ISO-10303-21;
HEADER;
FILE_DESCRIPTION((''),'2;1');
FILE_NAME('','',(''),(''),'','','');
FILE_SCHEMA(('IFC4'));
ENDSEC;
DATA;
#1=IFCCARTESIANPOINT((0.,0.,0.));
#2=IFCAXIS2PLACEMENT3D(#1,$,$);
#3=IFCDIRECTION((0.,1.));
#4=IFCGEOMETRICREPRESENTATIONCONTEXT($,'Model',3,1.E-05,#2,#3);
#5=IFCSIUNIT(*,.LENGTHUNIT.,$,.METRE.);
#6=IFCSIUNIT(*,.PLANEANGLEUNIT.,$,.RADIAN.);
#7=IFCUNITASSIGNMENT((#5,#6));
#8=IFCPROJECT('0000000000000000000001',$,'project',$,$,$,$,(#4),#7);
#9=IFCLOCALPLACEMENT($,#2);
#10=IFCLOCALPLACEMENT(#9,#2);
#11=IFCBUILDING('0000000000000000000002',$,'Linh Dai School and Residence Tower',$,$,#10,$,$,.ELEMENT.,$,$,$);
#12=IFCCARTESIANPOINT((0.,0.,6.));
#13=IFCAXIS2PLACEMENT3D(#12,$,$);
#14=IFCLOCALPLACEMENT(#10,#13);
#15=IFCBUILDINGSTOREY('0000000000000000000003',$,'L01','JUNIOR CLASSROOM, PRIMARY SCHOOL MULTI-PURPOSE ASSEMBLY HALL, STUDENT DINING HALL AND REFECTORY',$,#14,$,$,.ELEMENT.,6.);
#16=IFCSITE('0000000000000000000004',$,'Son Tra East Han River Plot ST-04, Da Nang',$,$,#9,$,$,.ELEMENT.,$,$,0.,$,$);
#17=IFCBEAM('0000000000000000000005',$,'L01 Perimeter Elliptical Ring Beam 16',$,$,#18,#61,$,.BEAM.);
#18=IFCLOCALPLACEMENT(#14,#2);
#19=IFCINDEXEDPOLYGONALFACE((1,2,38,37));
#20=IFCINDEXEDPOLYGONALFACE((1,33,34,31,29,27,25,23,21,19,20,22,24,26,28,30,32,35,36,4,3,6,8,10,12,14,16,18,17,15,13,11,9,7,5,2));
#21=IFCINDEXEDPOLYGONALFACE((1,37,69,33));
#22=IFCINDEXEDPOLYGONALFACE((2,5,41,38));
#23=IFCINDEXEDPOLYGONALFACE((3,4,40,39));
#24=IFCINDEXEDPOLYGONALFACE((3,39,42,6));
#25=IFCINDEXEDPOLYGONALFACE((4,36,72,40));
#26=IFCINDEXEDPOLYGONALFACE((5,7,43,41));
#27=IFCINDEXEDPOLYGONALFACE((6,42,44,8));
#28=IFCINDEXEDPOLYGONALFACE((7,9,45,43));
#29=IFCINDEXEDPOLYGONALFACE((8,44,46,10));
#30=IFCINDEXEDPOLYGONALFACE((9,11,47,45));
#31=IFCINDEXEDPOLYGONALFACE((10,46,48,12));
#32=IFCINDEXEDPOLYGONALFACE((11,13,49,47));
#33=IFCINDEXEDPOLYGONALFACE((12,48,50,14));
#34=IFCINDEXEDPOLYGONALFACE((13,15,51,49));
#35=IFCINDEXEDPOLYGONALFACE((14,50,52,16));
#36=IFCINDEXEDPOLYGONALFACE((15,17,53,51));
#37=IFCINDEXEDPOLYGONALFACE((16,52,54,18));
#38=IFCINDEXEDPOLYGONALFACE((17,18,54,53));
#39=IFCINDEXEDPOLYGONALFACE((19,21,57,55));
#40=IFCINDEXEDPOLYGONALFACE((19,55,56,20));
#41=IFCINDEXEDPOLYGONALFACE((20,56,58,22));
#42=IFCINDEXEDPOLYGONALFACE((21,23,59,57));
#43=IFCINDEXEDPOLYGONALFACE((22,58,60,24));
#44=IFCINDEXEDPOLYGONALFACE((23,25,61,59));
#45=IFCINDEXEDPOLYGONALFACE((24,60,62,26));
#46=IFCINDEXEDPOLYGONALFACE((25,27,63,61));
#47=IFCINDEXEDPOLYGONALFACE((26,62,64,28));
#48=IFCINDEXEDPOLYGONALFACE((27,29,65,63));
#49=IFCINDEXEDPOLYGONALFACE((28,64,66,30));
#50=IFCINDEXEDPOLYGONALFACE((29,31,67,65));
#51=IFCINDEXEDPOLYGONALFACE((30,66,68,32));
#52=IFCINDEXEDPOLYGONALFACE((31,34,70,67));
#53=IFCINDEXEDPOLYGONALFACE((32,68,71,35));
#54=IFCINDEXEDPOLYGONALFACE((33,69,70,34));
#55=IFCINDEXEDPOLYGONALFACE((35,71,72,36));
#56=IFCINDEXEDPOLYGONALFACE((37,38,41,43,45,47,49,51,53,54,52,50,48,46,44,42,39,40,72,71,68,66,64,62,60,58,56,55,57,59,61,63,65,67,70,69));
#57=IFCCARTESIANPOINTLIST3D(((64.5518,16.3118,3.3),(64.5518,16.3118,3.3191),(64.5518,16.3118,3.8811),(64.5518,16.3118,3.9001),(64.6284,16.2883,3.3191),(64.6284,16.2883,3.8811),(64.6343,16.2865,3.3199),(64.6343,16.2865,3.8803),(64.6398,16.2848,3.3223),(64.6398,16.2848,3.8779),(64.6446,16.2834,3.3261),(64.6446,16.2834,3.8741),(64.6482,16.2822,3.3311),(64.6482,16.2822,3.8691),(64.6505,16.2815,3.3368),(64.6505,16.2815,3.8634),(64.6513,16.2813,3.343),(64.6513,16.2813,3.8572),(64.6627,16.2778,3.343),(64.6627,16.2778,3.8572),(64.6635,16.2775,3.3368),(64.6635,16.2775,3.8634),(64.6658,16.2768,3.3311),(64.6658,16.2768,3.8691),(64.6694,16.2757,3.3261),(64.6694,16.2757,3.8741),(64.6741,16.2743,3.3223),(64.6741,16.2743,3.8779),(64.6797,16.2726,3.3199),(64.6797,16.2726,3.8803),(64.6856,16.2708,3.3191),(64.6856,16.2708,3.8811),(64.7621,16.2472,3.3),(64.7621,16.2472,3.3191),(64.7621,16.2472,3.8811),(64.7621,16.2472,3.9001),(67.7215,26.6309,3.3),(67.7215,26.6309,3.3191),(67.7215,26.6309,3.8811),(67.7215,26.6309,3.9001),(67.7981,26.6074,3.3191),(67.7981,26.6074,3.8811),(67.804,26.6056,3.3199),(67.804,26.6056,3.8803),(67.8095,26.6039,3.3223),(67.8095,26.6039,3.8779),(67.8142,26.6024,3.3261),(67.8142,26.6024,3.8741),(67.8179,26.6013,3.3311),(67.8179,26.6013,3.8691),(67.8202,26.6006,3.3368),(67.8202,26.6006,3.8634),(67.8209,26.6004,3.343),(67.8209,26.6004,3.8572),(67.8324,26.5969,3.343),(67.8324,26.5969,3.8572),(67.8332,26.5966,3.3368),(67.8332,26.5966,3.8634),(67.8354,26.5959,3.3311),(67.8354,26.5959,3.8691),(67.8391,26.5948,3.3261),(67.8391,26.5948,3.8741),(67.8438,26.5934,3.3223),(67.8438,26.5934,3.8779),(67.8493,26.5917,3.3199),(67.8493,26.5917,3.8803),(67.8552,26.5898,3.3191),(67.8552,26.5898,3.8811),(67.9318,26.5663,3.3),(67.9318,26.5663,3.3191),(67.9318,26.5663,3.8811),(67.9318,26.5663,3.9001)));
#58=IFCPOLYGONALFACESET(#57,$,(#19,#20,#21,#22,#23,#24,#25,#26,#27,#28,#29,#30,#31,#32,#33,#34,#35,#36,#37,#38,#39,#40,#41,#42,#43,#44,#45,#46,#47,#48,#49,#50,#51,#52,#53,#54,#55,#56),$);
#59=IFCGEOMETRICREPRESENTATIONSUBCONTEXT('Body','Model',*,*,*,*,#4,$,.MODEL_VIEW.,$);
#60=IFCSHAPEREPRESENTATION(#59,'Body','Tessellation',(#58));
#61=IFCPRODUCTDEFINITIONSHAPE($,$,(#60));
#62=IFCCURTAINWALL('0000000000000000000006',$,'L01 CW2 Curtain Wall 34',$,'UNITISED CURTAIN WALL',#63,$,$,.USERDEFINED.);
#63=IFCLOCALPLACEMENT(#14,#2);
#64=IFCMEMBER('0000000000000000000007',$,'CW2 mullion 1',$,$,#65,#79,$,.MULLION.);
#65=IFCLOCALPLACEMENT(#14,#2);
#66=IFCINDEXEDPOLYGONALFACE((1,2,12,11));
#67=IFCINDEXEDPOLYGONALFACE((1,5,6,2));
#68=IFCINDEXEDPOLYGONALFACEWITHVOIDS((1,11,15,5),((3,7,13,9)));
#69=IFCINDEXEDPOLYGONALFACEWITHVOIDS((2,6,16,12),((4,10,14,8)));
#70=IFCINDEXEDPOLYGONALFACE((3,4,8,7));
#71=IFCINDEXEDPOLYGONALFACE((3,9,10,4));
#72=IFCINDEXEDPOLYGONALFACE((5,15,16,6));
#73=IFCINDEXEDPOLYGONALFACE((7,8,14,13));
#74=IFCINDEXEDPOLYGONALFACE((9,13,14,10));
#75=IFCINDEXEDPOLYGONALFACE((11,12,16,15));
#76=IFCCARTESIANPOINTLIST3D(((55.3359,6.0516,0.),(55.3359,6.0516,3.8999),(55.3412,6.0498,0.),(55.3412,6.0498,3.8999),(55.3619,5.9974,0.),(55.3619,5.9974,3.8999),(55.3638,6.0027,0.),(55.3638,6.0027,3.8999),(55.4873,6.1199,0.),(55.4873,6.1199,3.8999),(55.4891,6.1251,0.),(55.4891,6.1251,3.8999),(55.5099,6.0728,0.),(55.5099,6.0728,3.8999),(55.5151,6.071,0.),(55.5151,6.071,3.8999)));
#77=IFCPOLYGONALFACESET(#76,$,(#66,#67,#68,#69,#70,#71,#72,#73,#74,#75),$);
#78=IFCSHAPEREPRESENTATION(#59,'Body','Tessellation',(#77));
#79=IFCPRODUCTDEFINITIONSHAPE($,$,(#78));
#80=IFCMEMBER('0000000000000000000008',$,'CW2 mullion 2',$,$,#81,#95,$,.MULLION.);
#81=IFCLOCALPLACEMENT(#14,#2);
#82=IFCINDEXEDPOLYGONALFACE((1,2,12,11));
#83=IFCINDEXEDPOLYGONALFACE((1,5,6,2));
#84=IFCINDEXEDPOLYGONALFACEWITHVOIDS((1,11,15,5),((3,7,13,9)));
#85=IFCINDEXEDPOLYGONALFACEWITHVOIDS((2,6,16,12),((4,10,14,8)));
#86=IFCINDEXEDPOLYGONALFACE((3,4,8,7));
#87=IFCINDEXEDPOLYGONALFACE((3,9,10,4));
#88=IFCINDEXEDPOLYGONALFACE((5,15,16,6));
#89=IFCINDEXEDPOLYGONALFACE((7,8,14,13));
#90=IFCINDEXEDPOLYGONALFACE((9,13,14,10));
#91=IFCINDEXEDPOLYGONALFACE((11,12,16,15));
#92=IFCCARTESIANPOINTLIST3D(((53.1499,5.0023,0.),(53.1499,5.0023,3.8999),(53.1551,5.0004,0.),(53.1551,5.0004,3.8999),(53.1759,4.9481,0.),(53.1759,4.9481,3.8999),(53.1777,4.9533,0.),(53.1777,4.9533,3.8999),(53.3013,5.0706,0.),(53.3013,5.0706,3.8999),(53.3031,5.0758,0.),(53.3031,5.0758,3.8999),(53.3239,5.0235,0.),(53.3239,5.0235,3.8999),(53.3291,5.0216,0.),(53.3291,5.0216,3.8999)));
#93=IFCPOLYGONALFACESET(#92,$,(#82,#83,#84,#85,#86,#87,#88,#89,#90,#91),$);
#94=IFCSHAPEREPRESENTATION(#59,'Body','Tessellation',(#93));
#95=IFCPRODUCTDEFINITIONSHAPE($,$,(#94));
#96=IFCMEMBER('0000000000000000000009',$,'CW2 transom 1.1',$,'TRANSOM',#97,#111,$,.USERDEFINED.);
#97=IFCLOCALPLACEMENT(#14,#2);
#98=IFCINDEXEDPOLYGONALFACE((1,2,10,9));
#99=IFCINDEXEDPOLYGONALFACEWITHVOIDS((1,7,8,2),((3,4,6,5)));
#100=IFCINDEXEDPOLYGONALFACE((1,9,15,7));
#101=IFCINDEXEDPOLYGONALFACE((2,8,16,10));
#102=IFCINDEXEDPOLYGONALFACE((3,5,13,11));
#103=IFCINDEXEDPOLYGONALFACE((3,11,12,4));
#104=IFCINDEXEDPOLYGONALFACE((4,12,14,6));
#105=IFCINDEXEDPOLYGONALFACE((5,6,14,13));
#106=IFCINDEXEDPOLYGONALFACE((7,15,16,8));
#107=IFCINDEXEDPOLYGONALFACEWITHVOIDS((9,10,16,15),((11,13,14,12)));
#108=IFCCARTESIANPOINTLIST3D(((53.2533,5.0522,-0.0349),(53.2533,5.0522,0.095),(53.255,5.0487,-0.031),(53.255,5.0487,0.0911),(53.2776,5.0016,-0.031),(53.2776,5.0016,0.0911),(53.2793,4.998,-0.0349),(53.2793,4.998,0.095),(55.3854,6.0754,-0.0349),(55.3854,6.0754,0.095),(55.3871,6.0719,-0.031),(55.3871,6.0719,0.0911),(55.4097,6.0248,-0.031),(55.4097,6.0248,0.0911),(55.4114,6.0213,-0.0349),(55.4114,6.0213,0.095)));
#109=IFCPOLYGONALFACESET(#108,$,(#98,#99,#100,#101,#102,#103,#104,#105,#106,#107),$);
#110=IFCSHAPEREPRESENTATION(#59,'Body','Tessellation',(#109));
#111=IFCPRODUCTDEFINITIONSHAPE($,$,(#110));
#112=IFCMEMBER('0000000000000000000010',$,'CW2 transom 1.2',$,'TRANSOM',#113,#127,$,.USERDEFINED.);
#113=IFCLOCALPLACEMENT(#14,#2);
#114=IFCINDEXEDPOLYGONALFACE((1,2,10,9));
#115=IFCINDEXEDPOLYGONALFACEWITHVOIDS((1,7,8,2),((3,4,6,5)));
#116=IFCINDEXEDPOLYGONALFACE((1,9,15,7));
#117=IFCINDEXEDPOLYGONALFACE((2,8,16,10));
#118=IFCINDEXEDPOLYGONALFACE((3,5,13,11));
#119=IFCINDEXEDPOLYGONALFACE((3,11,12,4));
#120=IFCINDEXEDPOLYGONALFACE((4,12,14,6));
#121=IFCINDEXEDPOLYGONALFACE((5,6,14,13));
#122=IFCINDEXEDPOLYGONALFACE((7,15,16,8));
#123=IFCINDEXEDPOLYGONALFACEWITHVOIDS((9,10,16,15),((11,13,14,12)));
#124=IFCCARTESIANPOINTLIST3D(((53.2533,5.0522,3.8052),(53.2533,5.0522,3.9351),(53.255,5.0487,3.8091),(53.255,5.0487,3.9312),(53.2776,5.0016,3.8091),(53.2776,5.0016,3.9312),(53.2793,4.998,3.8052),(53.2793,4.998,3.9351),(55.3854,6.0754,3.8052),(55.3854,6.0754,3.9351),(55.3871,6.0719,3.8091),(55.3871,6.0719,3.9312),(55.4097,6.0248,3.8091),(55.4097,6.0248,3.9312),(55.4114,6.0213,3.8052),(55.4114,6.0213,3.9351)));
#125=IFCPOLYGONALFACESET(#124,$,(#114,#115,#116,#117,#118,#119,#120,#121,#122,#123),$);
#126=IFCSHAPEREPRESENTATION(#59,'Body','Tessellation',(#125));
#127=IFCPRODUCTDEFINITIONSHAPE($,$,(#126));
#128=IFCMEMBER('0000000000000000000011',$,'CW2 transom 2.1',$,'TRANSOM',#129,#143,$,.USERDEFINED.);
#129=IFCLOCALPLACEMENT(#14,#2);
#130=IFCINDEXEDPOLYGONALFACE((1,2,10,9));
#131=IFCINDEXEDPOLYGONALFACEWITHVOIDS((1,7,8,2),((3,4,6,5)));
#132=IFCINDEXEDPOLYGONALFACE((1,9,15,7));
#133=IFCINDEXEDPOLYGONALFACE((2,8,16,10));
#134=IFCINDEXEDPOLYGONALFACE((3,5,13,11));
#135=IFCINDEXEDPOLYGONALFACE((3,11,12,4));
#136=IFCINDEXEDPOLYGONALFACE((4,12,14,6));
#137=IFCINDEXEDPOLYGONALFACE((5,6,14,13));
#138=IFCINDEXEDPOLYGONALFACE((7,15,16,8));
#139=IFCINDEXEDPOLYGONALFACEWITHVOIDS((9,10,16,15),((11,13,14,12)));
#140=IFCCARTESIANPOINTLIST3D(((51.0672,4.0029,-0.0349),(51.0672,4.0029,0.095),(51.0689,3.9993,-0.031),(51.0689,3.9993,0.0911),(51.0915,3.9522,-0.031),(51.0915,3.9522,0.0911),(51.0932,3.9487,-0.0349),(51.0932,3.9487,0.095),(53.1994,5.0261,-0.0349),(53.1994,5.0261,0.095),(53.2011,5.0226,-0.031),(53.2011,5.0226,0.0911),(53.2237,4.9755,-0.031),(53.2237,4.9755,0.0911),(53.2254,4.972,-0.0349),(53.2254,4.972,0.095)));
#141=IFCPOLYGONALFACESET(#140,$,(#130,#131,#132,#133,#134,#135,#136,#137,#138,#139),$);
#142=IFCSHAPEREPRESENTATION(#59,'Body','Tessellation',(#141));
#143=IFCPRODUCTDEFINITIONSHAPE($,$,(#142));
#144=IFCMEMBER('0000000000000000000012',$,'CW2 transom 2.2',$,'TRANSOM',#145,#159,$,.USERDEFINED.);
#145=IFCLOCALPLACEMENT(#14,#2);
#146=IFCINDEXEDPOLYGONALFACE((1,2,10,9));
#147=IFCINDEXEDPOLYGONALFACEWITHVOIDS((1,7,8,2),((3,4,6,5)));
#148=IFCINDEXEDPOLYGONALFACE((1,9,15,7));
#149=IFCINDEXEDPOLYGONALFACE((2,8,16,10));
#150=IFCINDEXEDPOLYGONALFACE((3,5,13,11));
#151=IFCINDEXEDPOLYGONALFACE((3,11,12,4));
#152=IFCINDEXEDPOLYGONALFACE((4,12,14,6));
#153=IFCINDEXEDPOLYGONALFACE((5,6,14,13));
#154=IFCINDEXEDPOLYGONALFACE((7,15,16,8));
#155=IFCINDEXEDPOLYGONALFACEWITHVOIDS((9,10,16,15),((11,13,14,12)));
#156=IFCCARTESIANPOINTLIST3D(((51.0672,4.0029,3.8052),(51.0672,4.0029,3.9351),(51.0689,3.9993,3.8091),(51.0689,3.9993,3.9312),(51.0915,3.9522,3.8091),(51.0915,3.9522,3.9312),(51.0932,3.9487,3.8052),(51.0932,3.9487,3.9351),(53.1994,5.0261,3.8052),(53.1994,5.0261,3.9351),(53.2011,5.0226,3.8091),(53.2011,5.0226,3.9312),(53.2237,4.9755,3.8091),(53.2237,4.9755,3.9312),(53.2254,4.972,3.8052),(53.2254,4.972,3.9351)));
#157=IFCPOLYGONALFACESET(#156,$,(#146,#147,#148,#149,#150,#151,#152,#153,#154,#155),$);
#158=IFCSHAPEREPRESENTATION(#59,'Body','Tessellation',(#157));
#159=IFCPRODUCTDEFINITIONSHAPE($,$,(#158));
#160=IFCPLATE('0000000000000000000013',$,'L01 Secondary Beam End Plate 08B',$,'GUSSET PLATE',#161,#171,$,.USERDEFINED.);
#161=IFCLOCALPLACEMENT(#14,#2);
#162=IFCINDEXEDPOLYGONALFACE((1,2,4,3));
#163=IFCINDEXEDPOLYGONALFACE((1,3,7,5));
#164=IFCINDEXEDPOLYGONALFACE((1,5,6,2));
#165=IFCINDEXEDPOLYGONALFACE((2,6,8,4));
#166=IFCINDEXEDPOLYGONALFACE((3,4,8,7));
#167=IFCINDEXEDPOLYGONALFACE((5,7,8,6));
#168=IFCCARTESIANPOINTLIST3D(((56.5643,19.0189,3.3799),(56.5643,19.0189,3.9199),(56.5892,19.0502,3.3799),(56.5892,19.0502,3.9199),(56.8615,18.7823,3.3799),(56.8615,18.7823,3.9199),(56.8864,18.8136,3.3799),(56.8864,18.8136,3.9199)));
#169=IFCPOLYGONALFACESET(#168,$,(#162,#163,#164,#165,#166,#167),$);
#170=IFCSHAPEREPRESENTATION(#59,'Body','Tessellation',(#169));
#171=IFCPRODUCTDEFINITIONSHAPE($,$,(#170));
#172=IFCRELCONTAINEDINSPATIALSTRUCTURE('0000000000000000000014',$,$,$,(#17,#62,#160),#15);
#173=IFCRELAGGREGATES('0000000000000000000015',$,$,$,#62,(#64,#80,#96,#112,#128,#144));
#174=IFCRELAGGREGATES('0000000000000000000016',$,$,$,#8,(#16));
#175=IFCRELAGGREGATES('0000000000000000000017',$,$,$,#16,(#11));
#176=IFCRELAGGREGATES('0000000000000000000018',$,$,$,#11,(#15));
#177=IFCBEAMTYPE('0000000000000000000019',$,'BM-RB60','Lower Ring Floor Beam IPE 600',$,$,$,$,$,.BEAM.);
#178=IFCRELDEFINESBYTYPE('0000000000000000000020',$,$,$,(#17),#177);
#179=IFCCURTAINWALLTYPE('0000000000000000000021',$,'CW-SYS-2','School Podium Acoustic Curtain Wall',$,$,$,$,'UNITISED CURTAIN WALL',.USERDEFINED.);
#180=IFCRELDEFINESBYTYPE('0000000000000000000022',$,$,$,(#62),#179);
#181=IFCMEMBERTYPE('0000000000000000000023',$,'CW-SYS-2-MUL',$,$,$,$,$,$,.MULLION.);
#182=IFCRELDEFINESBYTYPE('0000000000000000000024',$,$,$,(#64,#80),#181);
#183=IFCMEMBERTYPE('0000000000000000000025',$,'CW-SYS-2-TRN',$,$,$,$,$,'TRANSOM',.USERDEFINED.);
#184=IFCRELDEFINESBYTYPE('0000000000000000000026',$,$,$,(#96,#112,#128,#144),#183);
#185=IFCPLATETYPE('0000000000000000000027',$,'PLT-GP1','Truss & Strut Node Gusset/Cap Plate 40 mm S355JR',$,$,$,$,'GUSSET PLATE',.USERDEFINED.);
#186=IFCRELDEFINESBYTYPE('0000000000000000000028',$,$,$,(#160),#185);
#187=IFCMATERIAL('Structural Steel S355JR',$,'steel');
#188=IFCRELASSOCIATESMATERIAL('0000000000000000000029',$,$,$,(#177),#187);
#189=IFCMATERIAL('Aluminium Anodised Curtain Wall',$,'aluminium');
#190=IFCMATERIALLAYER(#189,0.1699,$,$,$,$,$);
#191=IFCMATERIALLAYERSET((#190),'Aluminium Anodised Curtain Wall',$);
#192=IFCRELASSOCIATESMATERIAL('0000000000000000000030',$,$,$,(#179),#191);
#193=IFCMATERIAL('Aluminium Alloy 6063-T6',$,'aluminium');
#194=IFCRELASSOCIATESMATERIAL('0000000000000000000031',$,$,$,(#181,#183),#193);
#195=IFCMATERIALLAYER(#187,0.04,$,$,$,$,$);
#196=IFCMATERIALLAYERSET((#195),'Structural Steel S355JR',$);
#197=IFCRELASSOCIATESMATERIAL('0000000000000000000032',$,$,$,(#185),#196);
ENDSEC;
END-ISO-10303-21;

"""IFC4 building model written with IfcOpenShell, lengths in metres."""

from ifc_helpers import new_model, si_unit, direction, frame, origin, origin_2d, place, context, subcontext, project, spatial, rectangle, hollow_rectangle, i_section, extrude, source, transform, mapped, material, layer, layer_set, material_profile, profile_set, type_object, element, aggregate, save


model = new_model("IFC4")

# Units and contexts
model_context = context("Model", 3, precision=1e-05, world=origin(), true_north=direction((0.0, 1.0)))
body_context = subcontext(model_context, "Body", "Model", "MODEL_VIEW")
ifc_project = project(units=[si_unit("LENGTHUNIT", "METRE"), si_unit("PLANEANGLEUNIT", "RADIAN")], contexts=[model_context])

# Site, building, storey
site_placement = place(None, origin())
site = spatial("IfcSite", under=ifc_project, at=site_placement, Name="Son Tra East Han River Plot ST-04, Da Nang", CompositionType="ELEMENT", RefElevation=0.0)
building_placement = place(site_placement, origin())
building = spatial("IfcBuilding", under=site, at=building_placement, Name="Linh Dai School and Residence Tower", CompositionType="ELEMENT")
storey_placement = place(building_placement, frame((0.0, 0.0, 6.0)))
storey = spatial("IfcBuildingStorey", under=building, at=storey_placement, Name="L01", Description="JUNIOR CLASSROOM, PRIMARY SCHOOL MULTI-PURPOSE ASSEMBLY HALL, STUDENT DINING HALL AND REFECTORY", CompositionType="ELEMENT", Elevation=6.0)

# Shared definitions
ifc_material_1 = material(Name="Structural Steel S355JR", Category="steel")

# Beam
ifc_material_profile_1 = material_profile(ifc_material_1, i_section(OverallWidth=0.22, OverallDepth=0.6001, WebThickness=0.012, FlangeThickness=0.019, FilletRadius=0.0239, at=origin_2d()), Name="IPE 600")
ifc_profile_set_1 = profile_set([ifc_material_profile_1], Name="Structural Steel S355JR")
beam_type = type_object("IfcBeamType", Name="BM-RB60", Description="Lower Ring Floor Beam IPE 600", PredefinedType="BEAM", material=ifc_profile_set_1)
beam_1_placement = place(storey_placement, frame((64.657, 16.2795, 3.6001), z_axis=(0.293627, 0.95592, 0.0), x_axis=(-0.95592, 0.293627, 0.0)))
element("IfcBeam", 1, at=beam_1_placement, inside=storey, type_object=beam_type, Name="L01 Perimeter Elliptical Ring Beam 16", PredefinedType="BEAM", context=body_context, shape_type="SweptSolid", body=[
    extrude(i_section(OverallWidth=0.22, OverallDepth=0.6001, WebThickness=0.012, FlangeThickness=0.019, FilletRadius=0.0239, at=origin_2d()), origin(), (0.0, 0.0, 1.0), 10.7949),
])

# Curtain wall, members
ifc_material_2 = material(Name="Aluminium Anodised Curtain Wall", Category="aluminium")
ifc_layer_1 = layer(ifc_material_2, 0.1699)
ifc_layer_set_1 = layer_set([ifc_layer_1], Name="Aluminium Anodised Curtain Wall")
curtain_wall_type = type_object("IfcCurtainWallType", Name="CW-SYS-2", Description="School Podium Acoustic Curtain Wall", ElementType="UNITISED CURTAIN WALL", PredefinedType="USERDEFINED", material=ifc_layer_set_1)
curtain_wall_placement = place(storey_placement, origin())
curtain_wall = element("IfcCurtainWall", 2, at=curtain_wall_placement, inside=storey, type_object=curtain_wall_type, Name="L01 CW2 Curtain Wall 34", ObjectType="UNITISED CURTAIN WALL", PredefinedType="USERDEFINED")
ifc_material_3 = material(Name="Aluminium Alloy 6063-T6", Category="aluminium")
ifc_material_profile_2 = material_profile(ifc_material_3, hollow_rectangle(XDim=0.0601, YDim=0.1699, WallThickness=0.0039, at=origin_2d()), Name="RHS 170x60x4")
ifc_profile_set_2 = profile_set([ifc_material_profile_2], Name="Aluminium Alloy 6063-T6")
member_type_1 = type_object("IfcMemberType", Name="CW-SYS-2-MUL", PredefinedType="MULLION", material=ifc_profile_set_2)
shared_shape_1 = source(origin(), body_context, "Body", "SweptSolid", [
    extrude(hollow_rectangle(XDim=0.0601, YDim=0.1699, WallThickness=0.0039, at=origin_2d()), origin(), (0.0, 0.0, 1.0), 3.8999),
])
member_1_placement = place(storey_placement, frame((55.4255, 6.0613, 0.0), z_axis=(0.0, 0.0, 1.0), x_axis=(0.432657, -0.901558, 0.0)))
member_1 = element("IfcMember", 3, at=member_1_placement, type_object=member_type_1, Name="CW2 mullion 1", PredefinedType="MULLION", context=body_context, shape_type="MappedRepresentation", body=[
    mapped(shared_shape_1, transform((0.0, 0.0, 0.0), x_axis=(1.0, 0.0, 0.0), y_axis=(0.0, 1.0, 0.0), z_axis=(0.0, 0.0, 1.0), scale=1.0)),
])
member_2_placement = place(storey_placement, frame((53.2395, 5.012, 0.0), z_axis=(0.0, 0.0, 1.0), x_axis=(0.432657, -0.901558, 0.0)))
member_2 = element("IfcMember", 4, at=member_2_placement, type_object=member_type_1, Name="CW2 mullion 2", PredefinedType="MULLION", context=body_context, shape_type="MappedRepresentation", body=[
    mapped(shared_shape_1, transform((0.0, 0.0, 0.0), x_axis=(1.0, 0.0, 0.0), y_axis=(0.0, 1.0, 0.0), z_axis=(0.0, 0.0, 1.0), scale=1.0)),
])
ifc_material_profile_3 = material_profile(ifc_material_3, hollow_rectangle(XDim=0.0601, YDim=0.1299, WallThickness=0.0039, at=origin_2d()), Name="RHS 130x60x4")
ifc_profile_set_3 = profile_set([ifc_material_profile_3], Name="Aluminium Alloy 6063-T6")
member_type_2 = type_object("IfcMemberType", Name="CW-SYS-2-TRN", ElementType="TRANSOM", PredefinedType="USERDEFINED", material=ifc_profile_set_3)
shared_shape_2 = source(origin(), body_context, "Body", "SweptSolid", [
    extrude(hollow_rectangle(XDim=0.0601, YDim=0.1299, WallThickness=0.0039, at=origin_2d()), origin(), (0.0, 0.0, 1.0), 2.365),
])
member_3_placement = place(storey_placement, frame((55.3984, 6.0483, 0.03), z_axis=(-0.901557, -0.432661, 0.0), x_axis=(0.432661, -0.901557, 0.0)))
member_3 = element("IfcMember", 5, at=member_3_placement, type_object=member_type_2, Name="CW2 transom 1.1", ObjectType="TRANSOM", PredefinedType="USERDEFINED", context=body_context, shape_type="MappedRepresentation", body=[
    mapped(shared_shape_2, transform((0.0, 0.0, 0.0), x_axis=(1.0, 0.0, 0.0), y_axis=(0.0, 1.0, 0.0), z_axis=(0.0, 0.0, 1.0), scale=1.0)),
])
member_4_placement = place(storey_placement, frame((55.3984, 6.0483, 3.8701), z_axis=(-0.901557, -0.432661, 0.0), x_axis=(0.432661, -0.901557, 0.0)))
member_4 = element("IfcMember", 6, at=member_4_placement, type_object=member_type_2, Name="CW2 transom 1.2", ObjectType="TRANSOM", PredefinedType="USERDEFINED", context=body_context, shape_type="MappedRepresentation", body=[
    mapped(shared_shape_2, transform((0.0, 0.0, 0.0), x_axis=(1.0, 0.0, 0.0), y_axis=(0.0, 1.0, 0.0), z_axis=(0.0, 0.0, 1.0), scale=1.0)),
])
member_5_placement = place(storey_placement, frame((53.2124, 4.999, 0.03), z_axis=(-0.901557, -0.432661, 0.0), x_axis=(0.432661, -0.901557, 0.0)))
member_5 = element("IfcMember", 7, at=member_5_placement, type_object=member_type_2, Name="CW2 transom 2.1", ObjectType="TRANSOM", PredefinedType="USERDEFINED", context=body_context, shape_type="MappedRepresentation", body=[
    mapped(shared_shape_2, transform((0.0, 0.0, 0.0), x_axis=(1.0, 0.0, 0.0), y_axis=(0.0, 1.0, 0.0), z_axis=(0.0, 0.0, 1.0), scale=1.0)),
])
member_6_placement = place(storey_placement, frame((53.2124, 4.999, 3.8701), z_axis=(-0.901557, -0.432661, 0.0), x_axis=(0.432661, -0.901557, 0.0)))
member_6 = element("IfcMember", 8, at=member_6_placement, type_object=member_type_2, Name="CW2 transom 2.2", ObjectType="TRANSOM", PredefinedType="USERDEFINED", context=body_context, shape_type="MappedRepresentation", body=[
    mapped(shared_shape_2, transform((0.0, 0.0, 0.0), x_axis=(1.0, 0.0, 0.0), y_axis=(0.0, 1.0, 0.0), z_axis=(0.0, 0.0, 1.0), scale=1.0)),
])

# Plate
ifc_layer_2 = layer(ifc_material_1, 0.04)
ifc_layer_set_2 = layer_set([ifc_layer_2], Name="Structural Steel S355JR")
plate_type_1 = type_object("IfcPlateType", Name="PLT-GP1", Description="Truss & Strut Node Gusset/Cap Plate 40 mm S355JR", ElementType="GUSSET PLATE", PredefinedType="USERDEFINED", material=ifc_layer_set_2)
shared_shape_3 = source(origin(), body_context, "Body", "SweptSolid", [
    extrude(rectangle(XDim=0.04, YDim=0.3799, at=origin_2d()), origin(), (0.0, 0.0, 1.0), 0.54),
])
plate_1_placement = place(storey_placement, frame((56.7253, 18.9163, 3.3799), z_axis=(0.0, 0.0, 1.0), x_axis=(0.622933, 0.782276, 0.0)))
element("IfcPlate", 9, at=plate_1_placement, inside=storey, type_object=plate_type_1, Name="L01 Secondary Beam End Plate 08B", ObjectType="GUSSET PLATE", PredefinedType="USERDEFINED", context=body_context, shape_type="MappedRepresentation", body=[
    mapped(shared_shape_3, transform((0.0, 0.0, 0.0), x_axis=(1.0, 0.0, 0.0), y_axis=(0.0, 1.0, 0.0), z_axis=(0.0, 0.0, 1.0), scale=1.0)),
])

aggregate(curtain_wall, [member_1, member_2, member_3, member_4, member_5, member_6])

save(model, "model.ifc")
